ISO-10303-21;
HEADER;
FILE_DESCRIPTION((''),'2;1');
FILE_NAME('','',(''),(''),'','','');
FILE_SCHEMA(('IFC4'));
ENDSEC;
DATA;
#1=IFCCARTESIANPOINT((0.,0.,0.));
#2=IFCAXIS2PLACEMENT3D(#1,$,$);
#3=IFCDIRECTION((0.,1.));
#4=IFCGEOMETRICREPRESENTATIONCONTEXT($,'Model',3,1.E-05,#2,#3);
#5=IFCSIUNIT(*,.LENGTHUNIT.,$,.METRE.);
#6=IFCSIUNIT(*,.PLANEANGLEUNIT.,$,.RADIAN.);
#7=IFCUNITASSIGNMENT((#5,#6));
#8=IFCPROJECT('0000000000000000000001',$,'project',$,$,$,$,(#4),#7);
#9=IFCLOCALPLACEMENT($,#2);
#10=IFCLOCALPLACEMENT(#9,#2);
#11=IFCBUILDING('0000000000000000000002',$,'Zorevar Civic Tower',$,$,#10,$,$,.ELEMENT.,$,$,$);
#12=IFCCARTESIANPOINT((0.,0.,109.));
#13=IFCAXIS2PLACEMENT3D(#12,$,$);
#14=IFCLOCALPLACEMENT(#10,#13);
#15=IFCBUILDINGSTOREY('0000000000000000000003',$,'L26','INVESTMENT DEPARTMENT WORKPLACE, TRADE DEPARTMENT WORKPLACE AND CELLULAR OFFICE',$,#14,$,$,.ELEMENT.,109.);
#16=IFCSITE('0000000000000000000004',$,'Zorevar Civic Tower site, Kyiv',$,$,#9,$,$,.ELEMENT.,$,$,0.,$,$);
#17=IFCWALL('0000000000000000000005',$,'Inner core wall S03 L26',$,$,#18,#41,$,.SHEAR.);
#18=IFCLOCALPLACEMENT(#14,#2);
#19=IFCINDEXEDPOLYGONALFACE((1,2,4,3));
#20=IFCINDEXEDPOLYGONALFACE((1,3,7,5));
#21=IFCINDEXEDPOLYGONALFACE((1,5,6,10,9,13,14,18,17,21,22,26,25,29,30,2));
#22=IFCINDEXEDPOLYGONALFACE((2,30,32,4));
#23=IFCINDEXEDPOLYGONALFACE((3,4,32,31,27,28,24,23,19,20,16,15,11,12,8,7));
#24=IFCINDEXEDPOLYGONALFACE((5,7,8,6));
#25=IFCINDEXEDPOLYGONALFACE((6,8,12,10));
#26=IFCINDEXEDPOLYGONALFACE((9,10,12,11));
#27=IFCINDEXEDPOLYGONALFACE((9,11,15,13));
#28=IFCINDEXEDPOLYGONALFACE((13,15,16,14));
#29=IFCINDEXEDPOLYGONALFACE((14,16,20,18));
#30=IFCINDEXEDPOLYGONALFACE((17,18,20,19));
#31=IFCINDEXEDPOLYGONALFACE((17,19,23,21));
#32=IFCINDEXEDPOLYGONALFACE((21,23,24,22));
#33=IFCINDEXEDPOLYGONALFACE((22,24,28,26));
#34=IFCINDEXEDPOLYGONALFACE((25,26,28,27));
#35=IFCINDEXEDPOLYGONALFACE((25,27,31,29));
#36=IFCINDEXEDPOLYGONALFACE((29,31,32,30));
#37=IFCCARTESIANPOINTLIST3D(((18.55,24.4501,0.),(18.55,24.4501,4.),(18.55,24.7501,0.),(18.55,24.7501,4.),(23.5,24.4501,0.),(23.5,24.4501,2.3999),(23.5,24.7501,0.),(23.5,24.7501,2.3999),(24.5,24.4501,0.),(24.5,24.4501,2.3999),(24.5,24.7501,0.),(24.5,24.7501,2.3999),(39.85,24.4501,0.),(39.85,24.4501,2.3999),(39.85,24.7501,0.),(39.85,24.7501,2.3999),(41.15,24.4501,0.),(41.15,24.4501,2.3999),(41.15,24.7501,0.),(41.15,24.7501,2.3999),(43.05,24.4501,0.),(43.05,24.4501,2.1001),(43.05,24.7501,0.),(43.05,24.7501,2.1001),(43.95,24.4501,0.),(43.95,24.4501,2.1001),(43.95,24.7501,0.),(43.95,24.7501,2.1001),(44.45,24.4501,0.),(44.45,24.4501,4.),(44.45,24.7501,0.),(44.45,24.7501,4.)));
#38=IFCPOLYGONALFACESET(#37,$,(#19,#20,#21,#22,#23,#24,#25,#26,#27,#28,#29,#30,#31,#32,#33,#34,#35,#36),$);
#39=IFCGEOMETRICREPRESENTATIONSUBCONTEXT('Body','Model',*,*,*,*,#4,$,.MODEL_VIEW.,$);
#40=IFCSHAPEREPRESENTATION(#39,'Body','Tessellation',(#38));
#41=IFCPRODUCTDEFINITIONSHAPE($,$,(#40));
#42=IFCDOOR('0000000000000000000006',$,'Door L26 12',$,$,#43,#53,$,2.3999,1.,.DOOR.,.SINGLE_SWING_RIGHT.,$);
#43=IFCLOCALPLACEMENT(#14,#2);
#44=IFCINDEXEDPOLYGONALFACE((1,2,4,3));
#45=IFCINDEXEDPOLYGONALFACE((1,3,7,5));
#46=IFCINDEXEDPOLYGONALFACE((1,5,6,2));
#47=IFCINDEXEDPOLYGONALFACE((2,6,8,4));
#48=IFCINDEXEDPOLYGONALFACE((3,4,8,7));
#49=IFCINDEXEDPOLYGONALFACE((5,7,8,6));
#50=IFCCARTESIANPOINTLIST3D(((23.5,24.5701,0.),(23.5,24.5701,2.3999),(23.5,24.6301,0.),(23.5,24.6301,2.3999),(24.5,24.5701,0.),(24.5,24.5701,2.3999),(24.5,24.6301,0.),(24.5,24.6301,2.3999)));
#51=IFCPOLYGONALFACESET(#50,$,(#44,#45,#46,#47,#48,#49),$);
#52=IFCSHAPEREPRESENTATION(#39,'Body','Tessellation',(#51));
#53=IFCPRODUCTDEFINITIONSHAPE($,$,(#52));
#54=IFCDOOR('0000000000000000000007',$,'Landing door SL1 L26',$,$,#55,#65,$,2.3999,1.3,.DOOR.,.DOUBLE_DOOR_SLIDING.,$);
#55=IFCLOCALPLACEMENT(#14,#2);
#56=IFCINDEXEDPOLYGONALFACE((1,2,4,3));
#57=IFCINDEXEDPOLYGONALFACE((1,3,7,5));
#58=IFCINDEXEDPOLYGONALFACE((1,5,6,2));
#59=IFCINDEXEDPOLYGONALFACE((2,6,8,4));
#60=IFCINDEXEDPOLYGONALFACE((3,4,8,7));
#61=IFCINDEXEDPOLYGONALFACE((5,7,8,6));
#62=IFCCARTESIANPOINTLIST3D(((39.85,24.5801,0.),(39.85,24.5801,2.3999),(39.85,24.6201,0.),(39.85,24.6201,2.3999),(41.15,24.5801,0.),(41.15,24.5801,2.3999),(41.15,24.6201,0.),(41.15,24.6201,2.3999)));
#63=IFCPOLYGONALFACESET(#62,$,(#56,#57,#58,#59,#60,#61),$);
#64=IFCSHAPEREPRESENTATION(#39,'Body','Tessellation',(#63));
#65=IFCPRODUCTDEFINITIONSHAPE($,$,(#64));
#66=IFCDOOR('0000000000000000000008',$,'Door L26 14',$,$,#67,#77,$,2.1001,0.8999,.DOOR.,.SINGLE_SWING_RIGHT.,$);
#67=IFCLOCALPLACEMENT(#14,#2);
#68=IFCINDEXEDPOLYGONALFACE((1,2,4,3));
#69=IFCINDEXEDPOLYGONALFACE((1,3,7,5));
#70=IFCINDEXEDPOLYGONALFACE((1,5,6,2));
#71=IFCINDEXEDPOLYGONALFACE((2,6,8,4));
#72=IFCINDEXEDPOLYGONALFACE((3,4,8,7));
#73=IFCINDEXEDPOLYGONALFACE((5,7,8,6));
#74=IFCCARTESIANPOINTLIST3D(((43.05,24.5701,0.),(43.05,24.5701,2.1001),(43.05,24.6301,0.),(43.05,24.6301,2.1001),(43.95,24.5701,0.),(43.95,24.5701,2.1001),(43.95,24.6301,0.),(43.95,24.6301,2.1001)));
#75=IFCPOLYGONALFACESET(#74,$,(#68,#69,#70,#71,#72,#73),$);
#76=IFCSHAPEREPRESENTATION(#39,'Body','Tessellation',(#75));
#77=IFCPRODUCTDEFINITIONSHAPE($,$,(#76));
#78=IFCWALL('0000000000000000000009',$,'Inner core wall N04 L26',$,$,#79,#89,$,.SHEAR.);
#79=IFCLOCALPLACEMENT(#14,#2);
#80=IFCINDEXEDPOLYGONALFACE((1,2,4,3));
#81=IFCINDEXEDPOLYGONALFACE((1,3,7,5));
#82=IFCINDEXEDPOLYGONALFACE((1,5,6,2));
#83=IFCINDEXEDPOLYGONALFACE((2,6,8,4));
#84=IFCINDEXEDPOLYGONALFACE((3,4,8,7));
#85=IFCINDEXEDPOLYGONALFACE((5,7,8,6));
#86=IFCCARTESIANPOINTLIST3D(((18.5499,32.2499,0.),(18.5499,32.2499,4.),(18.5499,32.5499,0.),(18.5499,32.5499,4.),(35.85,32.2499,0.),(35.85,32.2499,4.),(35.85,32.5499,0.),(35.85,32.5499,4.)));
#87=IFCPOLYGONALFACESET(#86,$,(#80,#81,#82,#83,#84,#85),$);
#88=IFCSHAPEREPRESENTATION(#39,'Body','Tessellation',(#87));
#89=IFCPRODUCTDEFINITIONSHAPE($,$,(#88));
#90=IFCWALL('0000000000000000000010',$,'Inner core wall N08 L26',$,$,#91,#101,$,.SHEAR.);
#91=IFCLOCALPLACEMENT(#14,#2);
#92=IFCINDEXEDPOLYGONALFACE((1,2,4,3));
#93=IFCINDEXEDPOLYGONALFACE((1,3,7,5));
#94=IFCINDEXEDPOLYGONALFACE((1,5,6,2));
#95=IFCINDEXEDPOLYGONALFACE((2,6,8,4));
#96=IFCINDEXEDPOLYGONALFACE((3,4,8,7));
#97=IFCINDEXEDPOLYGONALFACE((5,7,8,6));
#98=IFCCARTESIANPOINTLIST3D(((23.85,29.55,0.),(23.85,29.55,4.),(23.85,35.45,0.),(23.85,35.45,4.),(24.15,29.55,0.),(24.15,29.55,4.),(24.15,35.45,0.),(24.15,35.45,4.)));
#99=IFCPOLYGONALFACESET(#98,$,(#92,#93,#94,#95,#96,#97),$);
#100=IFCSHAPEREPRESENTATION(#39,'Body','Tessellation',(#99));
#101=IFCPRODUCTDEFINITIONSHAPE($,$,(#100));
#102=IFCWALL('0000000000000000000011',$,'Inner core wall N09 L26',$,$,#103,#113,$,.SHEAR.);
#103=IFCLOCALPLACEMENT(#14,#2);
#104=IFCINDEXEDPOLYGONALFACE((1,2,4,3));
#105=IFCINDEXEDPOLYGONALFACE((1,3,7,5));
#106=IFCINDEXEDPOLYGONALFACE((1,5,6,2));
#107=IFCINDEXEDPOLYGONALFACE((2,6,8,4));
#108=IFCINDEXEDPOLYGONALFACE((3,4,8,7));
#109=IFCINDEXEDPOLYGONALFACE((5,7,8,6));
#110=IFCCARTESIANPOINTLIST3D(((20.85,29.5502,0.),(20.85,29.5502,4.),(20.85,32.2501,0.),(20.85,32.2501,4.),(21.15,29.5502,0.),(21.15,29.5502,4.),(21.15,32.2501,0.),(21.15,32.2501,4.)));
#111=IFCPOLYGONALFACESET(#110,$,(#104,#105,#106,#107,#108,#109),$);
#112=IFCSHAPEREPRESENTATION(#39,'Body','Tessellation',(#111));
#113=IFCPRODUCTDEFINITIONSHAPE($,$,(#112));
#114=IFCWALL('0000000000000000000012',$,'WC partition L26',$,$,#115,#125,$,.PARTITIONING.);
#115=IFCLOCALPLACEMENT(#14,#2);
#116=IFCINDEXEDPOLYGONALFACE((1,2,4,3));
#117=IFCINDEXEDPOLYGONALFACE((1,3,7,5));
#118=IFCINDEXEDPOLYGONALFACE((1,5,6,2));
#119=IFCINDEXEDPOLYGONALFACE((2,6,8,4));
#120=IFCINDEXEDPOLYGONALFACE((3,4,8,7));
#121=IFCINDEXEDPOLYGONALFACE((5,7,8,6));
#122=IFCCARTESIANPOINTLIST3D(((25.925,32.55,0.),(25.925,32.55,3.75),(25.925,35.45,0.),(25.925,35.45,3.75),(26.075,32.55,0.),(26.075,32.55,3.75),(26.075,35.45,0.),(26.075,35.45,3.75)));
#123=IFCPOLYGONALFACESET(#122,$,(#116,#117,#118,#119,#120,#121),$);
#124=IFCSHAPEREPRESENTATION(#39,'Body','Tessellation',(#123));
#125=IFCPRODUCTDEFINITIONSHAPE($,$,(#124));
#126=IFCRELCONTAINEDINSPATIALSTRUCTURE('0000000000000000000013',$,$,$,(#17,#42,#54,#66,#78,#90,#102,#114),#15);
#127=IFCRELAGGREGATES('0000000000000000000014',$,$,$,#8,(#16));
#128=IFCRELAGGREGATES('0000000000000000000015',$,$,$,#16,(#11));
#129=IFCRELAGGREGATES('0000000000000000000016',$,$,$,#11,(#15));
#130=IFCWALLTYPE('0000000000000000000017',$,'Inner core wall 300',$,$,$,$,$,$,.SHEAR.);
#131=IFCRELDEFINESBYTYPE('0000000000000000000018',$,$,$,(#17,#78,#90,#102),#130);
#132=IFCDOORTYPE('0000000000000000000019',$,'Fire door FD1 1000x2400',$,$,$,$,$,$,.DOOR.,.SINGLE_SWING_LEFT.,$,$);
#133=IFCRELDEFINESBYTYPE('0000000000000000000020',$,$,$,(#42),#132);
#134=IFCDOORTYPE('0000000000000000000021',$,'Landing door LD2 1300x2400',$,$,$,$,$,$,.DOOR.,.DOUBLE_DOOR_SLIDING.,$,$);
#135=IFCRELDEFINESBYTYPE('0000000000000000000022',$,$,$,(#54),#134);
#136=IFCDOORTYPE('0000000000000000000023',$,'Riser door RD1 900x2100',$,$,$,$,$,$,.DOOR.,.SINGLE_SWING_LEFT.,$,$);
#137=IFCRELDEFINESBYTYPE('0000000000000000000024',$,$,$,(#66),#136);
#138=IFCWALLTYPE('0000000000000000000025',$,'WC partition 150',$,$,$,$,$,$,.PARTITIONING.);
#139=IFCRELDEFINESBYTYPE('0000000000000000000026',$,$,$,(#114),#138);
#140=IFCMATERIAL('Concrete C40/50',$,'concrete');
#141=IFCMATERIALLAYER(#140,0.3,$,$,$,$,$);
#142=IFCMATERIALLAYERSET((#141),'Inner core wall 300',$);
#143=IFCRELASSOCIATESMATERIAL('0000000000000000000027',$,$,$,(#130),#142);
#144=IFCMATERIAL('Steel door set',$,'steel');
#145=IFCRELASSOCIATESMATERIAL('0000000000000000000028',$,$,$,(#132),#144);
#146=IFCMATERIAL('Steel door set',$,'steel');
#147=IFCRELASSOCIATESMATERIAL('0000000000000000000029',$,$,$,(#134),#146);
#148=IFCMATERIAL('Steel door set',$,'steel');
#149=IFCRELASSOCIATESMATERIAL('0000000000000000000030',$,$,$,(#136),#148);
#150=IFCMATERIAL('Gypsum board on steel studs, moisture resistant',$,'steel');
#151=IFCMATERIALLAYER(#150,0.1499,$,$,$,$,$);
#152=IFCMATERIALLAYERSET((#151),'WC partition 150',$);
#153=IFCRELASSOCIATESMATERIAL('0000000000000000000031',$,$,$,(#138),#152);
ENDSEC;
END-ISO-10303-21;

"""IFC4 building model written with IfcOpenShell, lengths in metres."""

from ifc_helpers import new_model, si_unit, direction, frame, frame_2d, origin, place, context, subcontext, project, spatial, rectangle, extrude, material, layer, layer_set, type_object, element, fill, save


model = new_model("IFC4")

# Units and contexts
model_context = context("Model", 3, precision=1e-05, world=origin(), true_north=direction((0.0, 1.0)))
body_context = subcontext(model_context, "Body", "Model", "MODEL_VIEW")
ifc_project = project(units=[si_unit("LENGTHUNIT", "METRE"), si_unit("PLANEANGLEUNIT", "RADIAN")], contexts=[model_context])

# Site, building, storey
site_placement = place(None, origin())
site = spatial("IfcSite", under=ifc_project, at=site_placement, Name="Zorevar Civic Tower site, Kyiv", CompositionType="ELEMENT", RefElevation=0.0)
building_placement = place(site_placement, origin())
building = spatial("IfcBuilding", under=site, at=building_placement, Name="Zorevar Civic Tower", CompositionType="ELEMENT")
storey_placement = place(building_placement, frame((0.0, 0.0, 109.0)))
storey = spatial("IfcBuildingStorey", under=building, at=storey_placement, Name="L26", Description="INVESTMENT DEPARTMENT WORKPLACE, TRADE DEPARTMENT WORKPLACE AND CELLULAR OFFICE", CompositionType="ELEMENT", Elevation=109.0)

# Wall, openings, doors
ifc_material_1 = material(Name="Concrete C40/50", Category="concrete")
ifc_layer_1 = layer(ifc_material_1, 0.3)
ifc_layer_set_1 = layer_set([ifc_layer_1], Name="Inner core wall 300")
wall_type_1 = type_object("IfcWallType", Name="Inner core wall 300", PredefinedType="SHEAR", material=ifc_layer_set_1)
wall_1_placement = place(storey_placement, frame((18.55, 24.6001, 0.0), z_axis=(0.0, 0.0, 1.0), x_axis=(1.0, 0.0, 0.0)))
wall_1 = element("IfcWall", 1, at=wall_1_placement, inside=storey, type_object=wall_type_1, Name="Inner core wall S03 L26", PredefinedType="SHEAR", context=body_context, shape_type="SweptSolid", body=[
    extrude(rectangle(XDim=25.8999, YDim=0.3, at=frame_2d((12.95, 0.0))), origin(), (0.0, 0.0, 1.0), 4.0),
])
opening_1_placement = place(wall_1_placement, frame((4.95, 0.0, 0.0)))
opening_1 = element("IfcOpeningElement", 2, at=opening_1_placement, cuts=wall_1, PredefinedType="OPENING", context=body_context, shape_type="SweptSolid", body=[
    extrude(rectangle(XDim=1.0, YDim=2.3999, at=frame_2d((0.5, 1.2))), frame((0.0, 0.1599, 0.0), z_axis=(0.0, -1.0, 0.0), x_axis=(1.0, 0.0, 0.0)), (0.0, 0.0, 1.0), 0.3201),
])
opening_2_placement = place(wall_1_placement, frame((24.5, 0.0, 0.0)))
opening_2 = element("IfcOpeningElement", 3, at=opening_2_placement, cuts=wall_1, PredefinedType="OPENING", context=body_context, shape_type="SweptSolid", body=[
    extrude(rectangle(XDim=0.8999, YDim=2.1001, at=frame_2d((0.45, 1.05))), frame((0.0, 0.1599, 0.0), z_axis=(0.0, -1.0, 0.0), x_axis=(1.0, 0.0, 0.0)), (0.0, 0.0, 1.0), 0.3201),
])
opening_3_placement = place(wall_1_placement, frame((21.3, 0.0, 0.0)))
opening_3 = element("IfcOpeningElement", 4, at=opening_3_placement, cuts=wall_1, PredefinedType="OPENING", context=body_context, shape_type="SweptSolid", body=[
    extrude(rectangle(XDim=1.3, YDim=2.3999, at=frame_2d((0.6499, 1.2))), frame((0.0, 0.1599, 0.0), z_axis=(0.0, -1.0, 0.0), x_axis=(1.0, 0.0, 0.0)), (0.0, 0.0, 1.0), 0.3201),
])
ifc_material_2 = material(Name="Steel door set", Category="steel")
door_type_1 = type_object("IfcDoorType", Name="Fire door FD1 1000x2400", OperationType="SINGLE_SWING_LEFT", PredefinedType="DOOR", material=ifc_material_2)
door_1_placement = place(opening_1_placement, origin())
door_1 = element("IfcDoor", 5, at=door_1_placement, inside=storey, type_object=door_type_1, Name="Door L26 12", OperationType="SINGLE_SWING_RIGHT", OverallHeight=2.3999, OverallWidth=1.0, PredefinedType="DOOR", context=body_context, shape_type="SweptSolid", body=[
    extrude(rectangle(XDim=1.0, YDim=2.3999, at=frame_2d((0.5, 1.2))), frame((0.0, 0.03, 0.0), z_axis=(0.0, -1.0, 0.0), x_axis=(1.0, 0.0, 0.0)), (0.0, 0.0, 1.0), 0.0601),
])
fill(opening_1, door_1)
ifc_material_3 = material(Name="Steel door set", Category="steel")
door_type_2 = type_object("IfcDoorType", Name="Landing door LD2 1300x2400", OperationType="DOUBLE_DOOR_SLIDING", PredefinedType="DOOR", material=ifc_material_3)
door_2_placement = place(opening_3_placement, origin())
door_2 = element("IfcDoor", 6, at=door_2_placement, inside=storey, type_object=door_type_2, Name="Landing door SL1 L26", OperationType="DOUBLE_DOOR_SLIDING", OverallHeight=2.3999, OverallWidth=1.3, PredefinedType="DOOR", context=body_context, shape_type="SweptSolid", body=[
    extrude(rectangle(XDim=1.3, YDim=2.3999, at=frame_2d((0.6499, 1.2))), frame((0.0, 0.02, 0.0), z_axis=(0.0, -1.0, 0.0), x_axis=(1.0, 0.0, 0.0)), (0.0, 0.0, 1.0), 0.04),
])
fill(opening_3, door_2)
ifc_material_4 = material(Name="Steel door set", Category="steel")
door_type_3 = type_object("IfcDoorType", Name="Riser door RD1 900x2100", OperationType="SINGLE_SWING_LEFT", PredefinedType="DOOR", material=ifc_material_4)
door_3_placement = place(opening_2_placement, origin())
door_3 = element("IfcDoor", 7, at=door_3_placement, inside=storey, type_object=door_type_3, Name="Door L26 14", OperationType="SINGLE_SWING_RIGHT", OverallHeight=2.1001, OverallWidth=0.8999, PredefinedType="DOOR", context=body_context, shape_type="SweptSolid", body=[
    extrude(rectangle(XDim=0.8999, YDim=2.1001, at=frame_2d((0.45, 1.05))), frame((0.0, 0.03, 0.0), z_axis=(0.0, -1.0, 0.0), x_axis=(1.0, 0.0, 0.0)), (0.0, 0.0, 1.0), 0.0601),
])
fill(opening_2, door_3)

# Walls
wall_2_placement = place(storey_placement, frame((18.55, 32.3999, 0.0), z_axis=(0.0, 0.0, 1.0), x_axis=(1.0, 0.0, 0.0)))
element("IfcWall", 8, at=wall_2_placement, inside=storey, type_object=wall_type_1, Name="Inner core wall N04 L26", PredefinedType="SHEAR", context=body_context, shape_type="SweptSolid", body=[
    extrude(rectangle(XDim=17.3, YDim=0.3, at=frame_2d((8.6499, 0.0))), origin(), (0.0, 0.0, 1.0), 4.0),
])
wall_3_placement = place(storey_placement, frame((24.0, 29.55, 0.0), z_axis=(0.0, 0.0, 1.0), x_axis=(0.0, 1.0, 0.0)))
element("IfcWall", 9, at=wall_3_placement, inside=storey, type_object=wall_type_1, Name="Inner core wall N08 L26", PredefinedType="SHEAR", context=body_context, shape_type="SweptSolid", body=[
    extrude(rectangle(XDim=5.8999, YDim=0.3, at=frame_2d((2.95, 0.0))), origin(), (0.0, 0.0, 1.0), 4.0),
])
wall_4_placement = place(storey_placement, frame((21.0, 29.55, 0.0), z_axis=(0.0, 0.0, 1.0), x_axis=(0.0, 1.0, 0.0)))
element("IfcWall", 10, at=wall_4_placement, inside=storey, type_object=wall_type_1, Name="Inner core wall N09 L26", PredefinedType="SHEAR", context=body_context, shape_type="SweptSolid", body=[
    extrude(rectangle(XDim=2.7, YDim=0.3, at=frame_2d((1.3501, 0.0))), origin(), (0.0, 0.0, 1.0), 4.0),
])

# Wall
ifc_material_5 = material(Name="Gypsum board on steel studs, moisture resistant", Category="steel")
ifc_layer_2 = layer(ifc_material_5, 0.1499)
ifc_layer_set_2 = layer_set([ifc_layer_2], Name="WC partition 150")
wall_type_2 = type_object("IfcWallType", Name="WC partition 150", PredefinedType="PARTITIONING", material=ifc_layer_set_2)
wall_5_placement = place(storey_placement, frame((26.0, 32.55, 0.0), z_axis=(0.0, 0.0, 1.0), x_axis=(0.0, 1.0, 0.0)))
element("IfcWall", 11, at=wall_5_placement, inside=storey, type_object=wall_type_2, Name="WC partition L26", PredefinedType="PARTITIONING", context=body_context, shape_type="SweptSolid", body=[
    extrude(rectangle(XDim=2.8999, YDim=0.1499, at=frame_2d((1.45, 0.0))), origin(), (0.0, 0.0, 1.0), 3.75),
])

save(model, "model.ifc")
